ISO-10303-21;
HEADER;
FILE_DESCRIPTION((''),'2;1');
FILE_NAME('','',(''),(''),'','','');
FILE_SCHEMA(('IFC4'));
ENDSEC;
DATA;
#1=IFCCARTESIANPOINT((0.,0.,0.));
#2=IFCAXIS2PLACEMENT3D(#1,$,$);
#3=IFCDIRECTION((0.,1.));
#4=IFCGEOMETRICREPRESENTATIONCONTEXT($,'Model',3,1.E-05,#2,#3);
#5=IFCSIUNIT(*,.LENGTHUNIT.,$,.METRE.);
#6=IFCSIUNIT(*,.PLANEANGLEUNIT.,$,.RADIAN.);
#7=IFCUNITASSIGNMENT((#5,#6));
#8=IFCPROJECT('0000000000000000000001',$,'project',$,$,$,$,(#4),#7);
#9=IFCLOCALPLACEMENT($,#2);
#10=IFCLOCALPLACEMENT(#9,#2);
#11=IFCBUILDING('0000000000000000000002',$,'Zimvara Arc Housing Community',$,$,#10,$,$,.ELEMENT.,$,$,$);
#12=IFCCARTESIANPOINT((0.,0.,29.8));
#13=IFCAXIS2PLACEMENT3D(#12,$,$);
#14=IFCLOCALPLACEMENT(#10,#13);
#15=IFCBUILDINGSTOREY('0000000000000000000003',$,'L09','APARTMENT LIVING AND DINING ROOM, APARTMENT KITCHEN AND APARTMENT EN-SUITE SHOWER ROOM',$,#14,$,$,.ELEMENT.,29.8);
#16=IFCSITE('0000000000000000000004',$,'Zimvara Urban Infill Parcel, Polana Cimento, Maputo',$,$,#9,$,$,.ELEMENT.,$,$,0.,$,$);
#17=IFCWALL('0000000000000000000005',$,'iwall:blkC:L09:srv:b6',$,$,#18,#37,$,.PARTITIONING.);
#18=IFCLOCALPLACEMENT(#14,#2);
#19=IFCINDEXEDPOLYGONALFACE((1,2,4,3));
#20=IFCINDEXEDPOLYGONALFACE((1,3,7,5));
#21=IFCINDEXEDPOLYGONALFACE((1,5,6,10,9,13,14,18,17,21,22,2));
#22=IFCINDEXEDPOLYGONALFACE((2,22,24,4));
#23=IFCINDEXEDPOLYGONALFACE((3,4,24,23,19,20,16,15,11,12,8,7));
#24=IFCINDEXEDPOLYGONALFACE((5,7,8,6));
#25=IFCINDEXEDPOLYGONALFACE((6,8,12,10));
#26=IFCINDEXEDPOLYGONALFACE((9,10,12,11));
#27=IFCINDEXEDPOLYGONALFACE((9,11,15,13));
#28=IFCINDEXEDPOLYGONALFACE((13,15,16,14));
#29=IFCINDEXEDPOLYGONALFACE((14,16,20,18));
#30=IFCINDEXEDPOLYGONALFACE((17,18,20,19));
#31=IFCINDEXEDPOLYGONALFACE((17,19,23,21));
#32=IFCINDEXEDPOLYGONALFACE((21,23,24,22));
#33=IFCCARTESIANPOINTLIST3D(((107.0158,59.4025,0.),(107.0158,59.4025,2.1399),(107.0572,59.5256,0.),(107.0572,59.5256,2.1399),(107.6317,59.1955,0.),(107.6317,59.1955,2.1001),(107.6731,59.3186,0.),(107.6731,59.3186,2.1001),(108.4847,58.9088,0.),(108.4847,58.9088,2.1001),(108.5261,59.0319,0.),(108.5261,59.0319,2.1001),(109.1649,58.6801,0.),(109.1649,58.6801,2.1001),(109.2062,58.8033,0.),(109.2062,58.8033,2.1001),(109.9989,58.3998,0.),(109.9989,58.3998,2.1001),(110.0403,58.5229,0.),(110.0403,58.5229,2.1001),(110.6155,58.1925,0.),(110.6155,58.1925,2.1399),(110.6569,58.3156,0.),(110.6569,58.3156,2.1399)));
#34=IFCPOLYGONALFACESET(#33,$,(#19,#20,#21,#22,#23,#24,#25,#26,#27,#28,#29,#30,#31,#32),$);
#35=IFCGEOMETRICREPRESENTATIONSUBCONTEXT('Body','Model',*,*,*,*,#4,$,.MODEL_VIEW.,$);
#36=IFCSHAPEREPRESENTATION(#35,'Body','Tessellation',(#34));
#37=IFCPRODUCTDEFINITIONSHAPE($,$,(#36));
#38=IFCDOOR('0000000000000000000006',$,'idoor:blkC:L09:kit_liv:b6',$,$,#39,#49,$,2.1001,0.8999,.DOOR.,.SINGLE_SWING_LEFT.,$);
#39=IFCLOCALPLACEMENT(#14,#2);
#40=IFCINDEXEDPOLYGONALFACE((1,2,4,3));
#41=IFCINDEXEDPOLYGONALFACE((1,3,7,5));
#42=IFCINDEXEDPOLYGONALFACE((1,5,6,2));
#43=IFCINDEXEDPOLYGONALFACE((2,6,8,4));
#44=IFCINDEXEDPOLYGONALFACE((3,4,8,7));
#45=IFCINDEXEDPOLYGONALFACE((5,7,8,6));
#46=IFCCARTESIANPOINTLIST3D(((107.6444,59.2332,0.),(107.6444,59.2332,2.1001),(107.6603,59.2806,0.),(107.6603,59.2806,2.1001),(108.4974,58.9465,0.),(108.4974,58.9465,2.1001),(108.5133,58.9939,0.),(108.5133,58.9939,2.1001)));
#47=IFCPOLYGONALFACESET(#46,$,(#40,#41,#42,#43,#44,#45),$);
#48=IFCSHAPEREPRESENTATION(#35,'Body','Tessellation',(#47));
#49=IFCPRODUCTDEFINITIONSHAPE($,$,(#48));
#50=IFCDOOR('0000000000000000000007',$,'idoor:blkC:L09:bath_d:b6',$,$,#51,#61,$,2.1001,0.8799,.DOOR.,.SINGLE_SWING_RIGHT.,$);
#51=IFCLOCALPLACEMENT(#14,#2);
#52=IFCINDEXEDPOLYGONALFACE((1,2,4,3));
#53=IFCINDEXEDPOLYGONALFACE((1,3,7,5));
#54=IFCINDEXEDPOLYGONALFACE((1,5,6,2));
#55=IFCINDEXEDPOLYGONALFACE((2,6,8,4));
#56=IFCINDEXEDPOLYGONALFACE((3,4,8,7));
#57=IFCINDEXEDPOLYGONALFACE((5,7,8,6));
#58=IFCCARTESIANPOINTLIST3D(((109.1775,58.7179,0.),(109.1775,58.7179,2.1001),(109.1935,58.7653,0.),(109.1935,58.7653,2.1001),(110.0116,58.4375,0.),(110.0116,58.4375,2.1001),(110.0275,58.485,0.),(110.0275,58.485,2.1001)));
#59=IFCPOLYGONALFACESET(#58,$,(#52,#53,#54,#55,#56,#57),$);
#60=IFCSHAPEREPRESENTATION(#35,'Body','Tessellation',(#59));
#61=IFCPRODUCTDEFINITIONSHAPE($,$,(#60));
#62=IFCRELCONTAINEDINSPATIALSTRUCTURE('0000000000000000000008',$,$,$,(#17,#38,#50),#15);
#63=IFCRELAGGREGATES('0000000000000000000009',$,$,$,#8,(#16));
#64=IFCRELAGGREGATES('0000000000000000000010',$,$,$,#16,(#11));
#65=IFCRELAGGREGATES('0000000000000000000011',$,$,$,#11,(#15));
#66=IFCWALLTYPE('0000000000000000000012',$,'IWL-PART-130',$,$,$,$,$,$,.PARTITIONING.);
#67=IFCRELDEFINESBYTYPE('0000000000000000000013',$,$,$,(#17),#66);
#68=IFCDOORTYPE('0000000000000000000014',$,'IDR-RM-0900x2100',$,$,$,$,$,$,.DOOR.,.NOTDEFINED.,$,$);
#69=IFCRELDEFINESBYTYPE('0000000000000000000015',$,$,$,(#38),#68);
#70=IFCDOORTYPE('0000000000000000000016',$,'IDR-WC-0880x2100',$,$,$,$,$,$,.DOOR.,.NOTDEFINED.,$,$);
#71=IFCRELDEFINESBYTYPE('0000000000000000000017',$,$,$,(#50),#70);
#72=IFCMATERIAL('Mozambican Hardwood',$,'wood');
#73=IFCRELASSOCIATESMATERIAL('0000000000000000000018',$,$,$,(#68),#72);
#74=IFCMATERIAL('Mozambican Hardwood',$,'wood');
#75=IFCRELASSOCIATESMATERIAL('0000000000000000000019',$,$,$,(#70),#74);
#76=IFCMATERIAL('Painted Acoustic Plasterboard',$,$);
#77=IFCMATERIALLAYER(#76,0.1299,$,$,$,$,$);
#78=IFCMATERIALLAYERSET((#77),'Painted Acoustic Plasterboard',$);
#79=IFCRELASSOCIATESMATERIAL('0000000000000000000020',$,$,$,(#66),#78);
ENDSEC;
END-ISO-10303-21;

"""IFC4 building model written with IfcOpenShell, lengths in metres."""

from ifc_helpers import new_model, si_unit, direction, frame, frame_2d, origin, place, context, subcontext, project, spatial, rectangle, extrude, material, layer, layer_set, type_object, element, fill, save


model = new_model("IFC4")

# Units and contexts
model_context = context("Model", 3, precision=1e-05, world=origin(), true_north=direction((0.0, 1.0)))
body_context = subcontext(model_context, "Body", "Model", "MODEL_VIEW")
ifc_project = project(units=[si_unit("LENGTHUNIT", "METRE"), si_unit("PLANEANGLEUNIT", "RADIAN")], contexts=[model_context])

# Site, building, storey
site_placement = place(None, origin())
site = spatial("IfcSite", under=ifc_project, at=site_placement, Name="Zimvara Urban Infill Parcel, Polana Cimento, Maputo", CompositionType="ELEMENT", RefElevation=0.0)
building_placement = place(site_placement, origin())
building = spatial("IfcBuilding", under=site, at=building_placement, Name="Zimvara Arc Housing Community", CompositionType="ELEMENT")
storey_placement = place(building_placement, frame((0.0, 0.0, 29.8)))
storey = spatial("IfcBuildingStorey", under=building, at=storey_placement, Name="L09", Description="APARTMENT LIVING AND DINING ROOM, APARTMENT KITCHEN AND APARTMENT EN-SUITE SHOWER ROOM", CompositionType="ELEMENT", Elevation=29.8)

# Wall, openings, doors
ifc_material_1 = material(Name="Mozambican Hardwood", Category="wood")
door_type_1 = type_object("IfcDoorType", Name="IDR-RM-0900x2100", OperationType="NOTDEFINED", PredefinedType="DOOR", material=ifc_material_1)
ifc_material_2 = material(Name="Mozambican Hardwood", Category="wood")
door_type_2 = type_object("IfcDoorType", Name="IDR-WC-0880x2100", OperationType="NOTDEFINED", PredefinedType="DOOR", material=ifc_material_2)
ifc_material_3 = material(Name="Painted Acoustic Plasterboard")
ifc_layer_1 = layer(ifc_material_3, 0.1299)
ifc_layer_set_1 = layer_set([ifc_layer_1], Name="Painted Acoustic Plasterboard")
wall_type_1 = type_object("IfcWallType", Name="IWL-PART-130", PredefinedType="PARTITIONING", material=ifc_layer_set_1)
wall_1_placement = place(storey_placement, frame((107.0364, 59.4641, 0.0), z_axis=(0.0, 0.0, 1.0), x_axis=(0.947883, -0.318618, 0.0)))
wall_1 = element("IfcWall", 1, at=wall_1_placement, inside=storey, type_object=wall_type_1, Name="iwall:blkC:L09:srv:b6", PredefinedType="PARTITIONING", context=body_context, shape_type="SweptSolid", body=[
    extrude(rectangle(XDim=3.7976, YDim=0.1299, at=frame_2d((1.8989, 0.0))), origin(), (0.0, 0.0, 1.0), 2.1399),
])
opening_1_placement = place(wall_1_placement, frame((0.6499, 0.0, 0.0)))
opening_1 = element("IfcOpeningElement", 2, at=opening_1_placement, cuts=wall_1, PredefinedType="OPENING", context=body_context, shape_type="SweptSolid", body=[
    extrude(rectangle(XDim=0.8999, YDim=2.1001, at=frame_2d((0.45, 1.05))), frame((0.0, 0.075, 0.0), z_axis=(0.0, -1.0, 0.0), x_axis=(1.0, 0.0, 0.0)), (0.0, 0.0, 1.0), 0.1499),
])
opening_2_placement = place(wall_1_placement, frame((2.2673, 0.0, 0.0)))
opening_2 = element("IfcOpeningElement", 3, at=opening_2_placement, cuts=wall_1, PredefinedType="OPENING", context=body_context, shape_type="SweptSolid", body=[
    extrude(rectangle(XDim=0.8799, YDim=2.1001, at=frame_2d((0.4399, 1.05))), frame((0.0, 0.075, 0.0), z_axis=(0.0, -1.0, 0.0), x_axis=(1.0, 0.0, 0.0)), (0.0, 0.0, 1.0), 0.1499),
])
door_1_placement = place(opening_1_placement, origin())
door_1 = element("IfcDoor", 4, at=door_1_placement, inside=storey, type_object=door_type_1, Name="idoor:blkC:L09:kit_liv:b6", OperationType="SINGLE_SWING_LEFT", OverallHeight=2.1001, OverallWidth=0.8999, PredefinedType="DOOR", context=body_context, shape_type="SweptSolid", body=[
    extrude(rectangle(XDim=0.8999, YDim=2.1001, at=frame_2d((0.45, 1.05))), frame((0.0, 0.0249, 0.0), z_axis=(0.0, -1.0, 0.0), x_axis=(1.0, 0.0, 0.0)), (0.0, 0.0, 1.0), 0.05),
])
fill(opening_1, door_1)
door_2_placement = place(opening_2_placement, origin())
door_2 = element("IfcDoor", 5, at=door_2_placement, inside=storey, type_object=door_type_2, Name="idoor:blkC:L09:bath_d:b6", OperationType="SINGLE_SWING_RIGHT", OverallHeight=2.1001, OverallWidth=0.8799, PredefinedType="DOOR", context=body_context, shape_type="SweptSolid", body=[
    extrude(rectangle(XDim=0.8799, YDim=2.1001, at=frame_2d((0.4399, 1.05))), frame((0.0, 0.0249, 0.0), z_axis=(0.0, -1.0, 0.0), x_axis=(1.0, 0.0, 0.0)), (0.0, 0.0, 1.0), 0.05),
])
fill(opening_2, door_2)

save(model, "model.ifc")
